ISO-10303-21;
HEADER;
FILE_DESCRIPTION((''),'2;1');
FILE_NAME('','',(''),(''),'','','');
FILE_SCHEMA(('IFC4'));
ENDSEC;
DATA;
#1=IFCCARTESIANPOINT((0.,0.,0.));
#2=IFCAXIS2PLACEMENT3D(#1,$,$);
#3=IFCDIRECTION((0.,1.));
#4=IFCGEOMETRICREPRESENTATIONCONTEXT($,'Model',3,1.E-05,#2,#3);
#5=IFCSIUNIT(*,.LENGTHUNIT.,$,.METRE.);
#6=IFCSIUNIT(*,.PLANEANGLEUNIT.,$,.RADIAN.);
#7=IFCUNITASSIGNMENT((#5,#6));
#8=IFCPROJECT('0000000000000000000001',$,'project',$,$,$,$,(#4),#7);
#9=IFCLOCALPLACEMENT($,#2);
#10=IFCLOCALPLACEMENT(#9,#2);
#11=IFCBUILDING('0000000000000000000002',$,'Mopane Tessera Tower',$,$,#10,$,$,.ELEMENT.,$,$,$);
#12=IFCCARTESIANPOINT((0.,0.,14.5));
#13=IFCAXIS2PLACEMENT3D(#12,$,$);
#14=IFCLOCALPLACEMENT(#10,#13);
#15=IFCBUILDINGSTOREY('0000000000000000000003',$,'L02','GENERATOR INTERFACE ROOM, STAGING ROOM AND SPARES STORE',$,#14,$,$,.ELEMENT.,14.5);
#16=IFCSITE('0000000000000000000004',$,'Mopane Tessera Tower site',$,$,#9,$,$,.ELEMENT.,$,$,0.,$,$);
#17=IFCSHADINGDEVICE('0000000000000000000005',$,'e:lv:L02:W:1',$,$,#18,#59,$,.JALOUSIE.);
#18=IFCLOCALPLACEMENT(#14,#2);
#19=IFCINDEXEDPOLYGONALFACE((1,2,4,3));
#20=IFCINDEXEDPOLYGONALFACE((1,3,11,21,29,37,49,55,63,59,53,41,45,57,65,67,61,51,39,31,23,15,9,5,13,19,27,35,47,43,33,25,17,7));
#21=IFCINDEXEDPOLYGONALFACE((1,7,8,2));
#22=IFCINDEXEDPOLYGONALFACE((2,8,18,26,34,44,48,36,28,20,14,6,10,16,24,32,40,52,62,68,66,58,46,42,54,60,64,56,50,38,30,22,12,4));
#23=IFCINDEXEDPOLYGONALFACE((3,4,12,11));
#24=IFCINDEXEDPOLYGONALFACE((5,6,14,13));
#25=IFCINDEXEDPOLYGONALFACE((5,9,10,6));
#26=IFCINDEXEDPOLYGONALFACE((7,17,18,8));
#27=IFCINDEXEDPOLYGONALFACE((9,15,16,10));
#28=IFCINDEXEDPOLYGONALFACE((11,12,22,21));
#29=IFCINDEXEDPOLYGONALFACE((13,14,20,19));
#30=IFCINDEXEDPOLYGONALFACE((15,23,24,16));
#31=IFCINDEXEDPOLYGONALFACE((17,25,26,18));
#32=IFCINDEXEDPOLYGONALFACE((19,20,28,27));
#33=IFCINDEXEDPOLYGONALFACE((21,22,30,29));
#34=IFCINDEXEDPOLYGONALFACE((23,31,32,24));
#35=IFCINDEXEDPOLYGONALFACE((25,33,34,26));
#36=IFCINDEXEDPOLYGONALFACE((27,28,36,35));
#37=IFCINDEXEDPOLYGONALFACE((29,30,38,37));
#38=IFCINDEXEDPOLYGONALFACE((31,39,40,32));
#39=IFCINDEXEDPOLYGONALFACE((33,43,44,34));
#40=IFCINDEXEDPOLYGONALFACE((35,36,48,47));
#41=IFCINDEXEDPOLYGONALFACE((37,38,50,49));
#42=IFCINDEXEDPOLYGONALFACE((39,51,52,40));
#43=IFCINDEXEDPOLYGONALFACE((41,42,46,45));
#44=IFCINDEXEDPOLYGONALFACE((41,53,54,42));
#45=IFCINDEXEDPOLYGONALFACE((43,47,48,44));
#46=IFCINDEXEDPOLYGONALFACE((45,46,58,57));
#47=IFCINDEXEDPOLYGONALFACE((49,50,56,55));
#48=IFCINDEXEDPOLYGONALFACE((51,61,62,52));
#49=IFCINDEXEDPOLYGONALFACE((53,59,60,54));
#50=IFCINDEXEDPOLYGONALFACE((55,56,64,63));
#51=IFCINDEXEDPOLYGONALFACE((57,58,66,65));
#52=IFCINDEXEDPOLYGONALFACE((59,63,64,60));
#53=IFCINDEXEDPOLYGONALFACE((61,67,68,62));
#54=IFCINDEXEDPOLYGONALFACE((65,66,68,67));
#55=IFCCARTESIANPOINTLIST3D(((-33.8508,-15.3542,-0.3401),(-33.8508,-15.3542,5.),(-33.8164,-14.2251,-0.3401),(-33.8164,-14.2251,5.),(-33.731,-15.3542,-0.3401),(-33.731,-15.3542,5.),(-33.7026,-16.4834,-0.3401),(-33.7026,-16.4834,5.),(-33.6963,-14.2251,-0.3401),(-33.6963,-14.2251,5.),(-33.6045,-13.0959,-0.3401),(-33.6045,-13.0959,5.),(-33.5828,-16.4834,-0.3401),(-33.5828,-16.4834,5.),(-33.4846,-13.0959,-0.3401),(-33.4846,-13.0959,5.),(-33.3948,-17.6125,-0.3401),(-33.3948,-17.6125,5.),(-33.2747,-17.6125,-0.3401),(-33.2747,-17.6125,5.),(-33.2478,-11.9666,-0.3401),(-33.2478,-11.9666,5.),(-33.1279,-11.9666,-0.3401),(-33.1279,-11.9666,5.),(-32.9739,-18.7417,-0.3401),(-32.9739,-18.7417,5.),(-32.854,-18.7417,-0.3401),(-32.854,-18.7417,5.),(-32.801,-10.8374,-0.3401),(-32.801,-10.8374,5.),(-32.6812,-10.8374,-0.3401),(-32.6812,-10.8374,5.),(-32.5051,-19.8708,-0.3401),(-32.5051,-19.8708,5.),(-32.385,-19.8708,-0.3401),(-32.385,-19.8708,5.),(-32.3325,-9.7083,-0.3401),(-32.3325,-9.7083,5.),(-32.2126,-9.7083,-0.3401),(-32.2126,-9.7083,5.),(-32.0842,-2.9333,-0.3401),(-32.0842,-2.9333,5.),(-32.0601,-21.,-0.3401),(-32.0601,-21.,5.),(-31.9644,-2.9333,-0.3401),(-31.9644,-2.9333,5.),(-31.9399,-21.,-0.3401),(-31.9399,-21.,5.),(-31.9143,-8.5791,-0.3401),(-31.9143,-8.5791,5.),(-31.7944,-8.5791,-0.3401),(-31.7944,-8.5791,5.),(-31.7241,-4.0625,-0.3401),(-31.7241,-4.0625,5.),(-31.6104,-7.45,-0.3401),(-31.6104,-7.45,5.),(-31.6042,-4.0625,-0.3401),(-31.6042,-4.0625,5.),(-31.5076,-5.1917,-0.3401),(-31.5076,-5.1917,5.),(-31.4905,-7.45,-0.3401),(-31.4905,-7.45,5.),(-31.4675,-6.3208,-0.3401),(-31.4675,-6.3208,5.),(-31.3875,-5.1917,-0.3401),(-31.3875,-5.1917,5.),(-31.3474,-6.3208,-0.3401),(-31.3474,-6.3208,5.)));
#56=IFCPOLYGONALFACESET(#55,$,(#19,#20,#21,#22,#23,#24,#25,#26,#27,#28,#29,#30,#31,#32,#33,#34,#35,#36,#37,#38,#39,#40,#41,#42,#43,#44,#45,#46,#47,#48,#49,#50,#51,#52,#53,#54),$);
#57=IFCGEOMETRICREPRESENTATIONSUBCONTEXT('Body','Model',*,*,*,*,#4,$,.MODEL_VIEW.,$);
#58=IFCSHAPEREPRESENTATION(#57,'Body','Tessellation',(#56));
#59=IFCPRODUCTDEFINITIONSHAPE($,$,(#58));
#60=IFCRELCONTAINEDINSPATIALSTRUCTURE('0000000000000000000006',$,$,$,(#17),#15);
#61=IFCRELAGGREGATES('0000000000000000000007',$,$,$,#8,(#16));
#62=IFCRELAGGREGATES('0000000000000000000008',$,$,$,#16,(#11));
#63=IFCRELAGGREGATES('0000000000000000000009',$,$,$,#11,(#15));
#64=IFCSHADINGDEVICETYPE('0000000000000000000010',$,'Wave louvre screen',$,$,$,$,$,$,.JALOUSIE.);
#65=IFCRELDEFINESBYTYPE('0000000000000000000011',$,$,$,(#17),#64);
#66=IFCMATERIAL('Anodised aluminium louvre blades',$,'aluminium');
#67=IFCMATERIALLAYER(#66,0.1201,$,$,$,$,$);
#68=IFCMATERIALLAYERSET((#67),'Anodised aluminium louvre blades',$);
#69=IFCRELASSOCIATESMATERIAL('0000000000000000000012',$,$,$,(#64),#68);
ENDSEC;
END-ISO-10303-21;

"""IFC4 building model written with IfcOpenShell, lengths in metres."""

from ifc_helpers import new_model, si_unit, direction, frame, origin, place, context, subcontext, project, spatial, polyline, outline, extrude, material, layer, layer_set, type_object, element, save


model = new_model("IFC4")

# Units and contexts
model_context = context("Model", 3, precision=1e-05, world=origin(), true_north=direction((0.0, 1.0)))
body_context = subcontext(model_context, "Body", "Model", "MODEL_VIEW")
ifc_project = project(units=[si_unit("LENGTHUNIT", "METRE"), si_unit("PLANEANGLEUNIT", "RADIAN")], contexts=[model_context])

# Site, building, storey
site_placement = place(None, origin())
site = spatial("IfcSite", under=ifc_project, at=site_placement, Name="Mopane Tessera Tower site", CompositionType="ELEMENT", RefElevation=0.0)
building_placement = place(site_placement, origin())
building = spatial("IfcBuilding", under=site, at=building_placement, Name="Mopane Tessera Tower", CompositionType="ELEMENT")
storey_placement = place(building_placement, frame((0.0, 0.0, 14.5)))
storey = spatial("IfcBuildingStorey", under=building, at=storey_placement, Name="L02", Description="GENERATOR INTERFACE ROOM, STAGING ROOM AND SPARES STORE", CompositionType="ELEMENT", Elevation=14.5)

# Shading device
ifc_material_1 = material(Name="Anodised aluminium louvre blades", Category="aluminium")
ifc_layer_1 = layer(ifc_material_1, 0.1201)
ifc_layer_set_1 = layer_set([ifc_layer_1], Name="Anodised aluminium louvre blades")
shading_device_type = type_object("IfcShadingDeviceType", Name="Wave louvre screen", PredefinedType="JALOUSIE", material=ifc_layer_set_1)
shading_device_1_placement = place(storey_placement, frame((0.0, 0.0, -0.3401)))
element("IfcShadingDevice", 1, at=shading_device_1_placement, inside=storey, type_object=shading_device_type, Name="e:lv:L02:W:1", PredefinedType="JALOUSIE", context=body_context, shape_type="SweptSolid", body=[
    extrude(outline(polyline([(-31.9644, -2.9333), (-31.6042, -4.0625), (-31.3875, -5.1917), (-31.3474, -6.3208), (-31.4905, -7.45), (-31.7944, -8.5791), (-32.2126, -9.7083), (-32.6812, -10.8374), (-33.1279, -11.9666), (-33.4846, -13.0959), (-33.6963, -14.2251), (-33.731, -15.3542), (-33.5828, -16.4834), (-33.2747, -17.6125), (-32.854, -18.7417), (-32.385, -19.8708), (-31.9399, -21.0), (-32.0601, -21.0), (-32.5051, -19.8708), (-32.9739, -18.7417), (-33.3948, -17.6125), (-33.7026, -16.4834), (-33.8508, -15.3542), (-33.8164, -14.2251), (-33.6045, -13.0959), (-33.2478, -11.9666), (-32.801, -10.8374), (-32.3325, -9.7083), (-31.9143, -8.5791), (-31.6104, -7.45), (-31.4675, -6.3208), (-31.5076, -5.1917), (-31.7241, -4.0625), (-32.0842, -2.9333), (-31.9644, -2.9333)])), origin(), (0.0, 0.0, 1.0), 5.3401),
])

save(model, "model.ifc")
